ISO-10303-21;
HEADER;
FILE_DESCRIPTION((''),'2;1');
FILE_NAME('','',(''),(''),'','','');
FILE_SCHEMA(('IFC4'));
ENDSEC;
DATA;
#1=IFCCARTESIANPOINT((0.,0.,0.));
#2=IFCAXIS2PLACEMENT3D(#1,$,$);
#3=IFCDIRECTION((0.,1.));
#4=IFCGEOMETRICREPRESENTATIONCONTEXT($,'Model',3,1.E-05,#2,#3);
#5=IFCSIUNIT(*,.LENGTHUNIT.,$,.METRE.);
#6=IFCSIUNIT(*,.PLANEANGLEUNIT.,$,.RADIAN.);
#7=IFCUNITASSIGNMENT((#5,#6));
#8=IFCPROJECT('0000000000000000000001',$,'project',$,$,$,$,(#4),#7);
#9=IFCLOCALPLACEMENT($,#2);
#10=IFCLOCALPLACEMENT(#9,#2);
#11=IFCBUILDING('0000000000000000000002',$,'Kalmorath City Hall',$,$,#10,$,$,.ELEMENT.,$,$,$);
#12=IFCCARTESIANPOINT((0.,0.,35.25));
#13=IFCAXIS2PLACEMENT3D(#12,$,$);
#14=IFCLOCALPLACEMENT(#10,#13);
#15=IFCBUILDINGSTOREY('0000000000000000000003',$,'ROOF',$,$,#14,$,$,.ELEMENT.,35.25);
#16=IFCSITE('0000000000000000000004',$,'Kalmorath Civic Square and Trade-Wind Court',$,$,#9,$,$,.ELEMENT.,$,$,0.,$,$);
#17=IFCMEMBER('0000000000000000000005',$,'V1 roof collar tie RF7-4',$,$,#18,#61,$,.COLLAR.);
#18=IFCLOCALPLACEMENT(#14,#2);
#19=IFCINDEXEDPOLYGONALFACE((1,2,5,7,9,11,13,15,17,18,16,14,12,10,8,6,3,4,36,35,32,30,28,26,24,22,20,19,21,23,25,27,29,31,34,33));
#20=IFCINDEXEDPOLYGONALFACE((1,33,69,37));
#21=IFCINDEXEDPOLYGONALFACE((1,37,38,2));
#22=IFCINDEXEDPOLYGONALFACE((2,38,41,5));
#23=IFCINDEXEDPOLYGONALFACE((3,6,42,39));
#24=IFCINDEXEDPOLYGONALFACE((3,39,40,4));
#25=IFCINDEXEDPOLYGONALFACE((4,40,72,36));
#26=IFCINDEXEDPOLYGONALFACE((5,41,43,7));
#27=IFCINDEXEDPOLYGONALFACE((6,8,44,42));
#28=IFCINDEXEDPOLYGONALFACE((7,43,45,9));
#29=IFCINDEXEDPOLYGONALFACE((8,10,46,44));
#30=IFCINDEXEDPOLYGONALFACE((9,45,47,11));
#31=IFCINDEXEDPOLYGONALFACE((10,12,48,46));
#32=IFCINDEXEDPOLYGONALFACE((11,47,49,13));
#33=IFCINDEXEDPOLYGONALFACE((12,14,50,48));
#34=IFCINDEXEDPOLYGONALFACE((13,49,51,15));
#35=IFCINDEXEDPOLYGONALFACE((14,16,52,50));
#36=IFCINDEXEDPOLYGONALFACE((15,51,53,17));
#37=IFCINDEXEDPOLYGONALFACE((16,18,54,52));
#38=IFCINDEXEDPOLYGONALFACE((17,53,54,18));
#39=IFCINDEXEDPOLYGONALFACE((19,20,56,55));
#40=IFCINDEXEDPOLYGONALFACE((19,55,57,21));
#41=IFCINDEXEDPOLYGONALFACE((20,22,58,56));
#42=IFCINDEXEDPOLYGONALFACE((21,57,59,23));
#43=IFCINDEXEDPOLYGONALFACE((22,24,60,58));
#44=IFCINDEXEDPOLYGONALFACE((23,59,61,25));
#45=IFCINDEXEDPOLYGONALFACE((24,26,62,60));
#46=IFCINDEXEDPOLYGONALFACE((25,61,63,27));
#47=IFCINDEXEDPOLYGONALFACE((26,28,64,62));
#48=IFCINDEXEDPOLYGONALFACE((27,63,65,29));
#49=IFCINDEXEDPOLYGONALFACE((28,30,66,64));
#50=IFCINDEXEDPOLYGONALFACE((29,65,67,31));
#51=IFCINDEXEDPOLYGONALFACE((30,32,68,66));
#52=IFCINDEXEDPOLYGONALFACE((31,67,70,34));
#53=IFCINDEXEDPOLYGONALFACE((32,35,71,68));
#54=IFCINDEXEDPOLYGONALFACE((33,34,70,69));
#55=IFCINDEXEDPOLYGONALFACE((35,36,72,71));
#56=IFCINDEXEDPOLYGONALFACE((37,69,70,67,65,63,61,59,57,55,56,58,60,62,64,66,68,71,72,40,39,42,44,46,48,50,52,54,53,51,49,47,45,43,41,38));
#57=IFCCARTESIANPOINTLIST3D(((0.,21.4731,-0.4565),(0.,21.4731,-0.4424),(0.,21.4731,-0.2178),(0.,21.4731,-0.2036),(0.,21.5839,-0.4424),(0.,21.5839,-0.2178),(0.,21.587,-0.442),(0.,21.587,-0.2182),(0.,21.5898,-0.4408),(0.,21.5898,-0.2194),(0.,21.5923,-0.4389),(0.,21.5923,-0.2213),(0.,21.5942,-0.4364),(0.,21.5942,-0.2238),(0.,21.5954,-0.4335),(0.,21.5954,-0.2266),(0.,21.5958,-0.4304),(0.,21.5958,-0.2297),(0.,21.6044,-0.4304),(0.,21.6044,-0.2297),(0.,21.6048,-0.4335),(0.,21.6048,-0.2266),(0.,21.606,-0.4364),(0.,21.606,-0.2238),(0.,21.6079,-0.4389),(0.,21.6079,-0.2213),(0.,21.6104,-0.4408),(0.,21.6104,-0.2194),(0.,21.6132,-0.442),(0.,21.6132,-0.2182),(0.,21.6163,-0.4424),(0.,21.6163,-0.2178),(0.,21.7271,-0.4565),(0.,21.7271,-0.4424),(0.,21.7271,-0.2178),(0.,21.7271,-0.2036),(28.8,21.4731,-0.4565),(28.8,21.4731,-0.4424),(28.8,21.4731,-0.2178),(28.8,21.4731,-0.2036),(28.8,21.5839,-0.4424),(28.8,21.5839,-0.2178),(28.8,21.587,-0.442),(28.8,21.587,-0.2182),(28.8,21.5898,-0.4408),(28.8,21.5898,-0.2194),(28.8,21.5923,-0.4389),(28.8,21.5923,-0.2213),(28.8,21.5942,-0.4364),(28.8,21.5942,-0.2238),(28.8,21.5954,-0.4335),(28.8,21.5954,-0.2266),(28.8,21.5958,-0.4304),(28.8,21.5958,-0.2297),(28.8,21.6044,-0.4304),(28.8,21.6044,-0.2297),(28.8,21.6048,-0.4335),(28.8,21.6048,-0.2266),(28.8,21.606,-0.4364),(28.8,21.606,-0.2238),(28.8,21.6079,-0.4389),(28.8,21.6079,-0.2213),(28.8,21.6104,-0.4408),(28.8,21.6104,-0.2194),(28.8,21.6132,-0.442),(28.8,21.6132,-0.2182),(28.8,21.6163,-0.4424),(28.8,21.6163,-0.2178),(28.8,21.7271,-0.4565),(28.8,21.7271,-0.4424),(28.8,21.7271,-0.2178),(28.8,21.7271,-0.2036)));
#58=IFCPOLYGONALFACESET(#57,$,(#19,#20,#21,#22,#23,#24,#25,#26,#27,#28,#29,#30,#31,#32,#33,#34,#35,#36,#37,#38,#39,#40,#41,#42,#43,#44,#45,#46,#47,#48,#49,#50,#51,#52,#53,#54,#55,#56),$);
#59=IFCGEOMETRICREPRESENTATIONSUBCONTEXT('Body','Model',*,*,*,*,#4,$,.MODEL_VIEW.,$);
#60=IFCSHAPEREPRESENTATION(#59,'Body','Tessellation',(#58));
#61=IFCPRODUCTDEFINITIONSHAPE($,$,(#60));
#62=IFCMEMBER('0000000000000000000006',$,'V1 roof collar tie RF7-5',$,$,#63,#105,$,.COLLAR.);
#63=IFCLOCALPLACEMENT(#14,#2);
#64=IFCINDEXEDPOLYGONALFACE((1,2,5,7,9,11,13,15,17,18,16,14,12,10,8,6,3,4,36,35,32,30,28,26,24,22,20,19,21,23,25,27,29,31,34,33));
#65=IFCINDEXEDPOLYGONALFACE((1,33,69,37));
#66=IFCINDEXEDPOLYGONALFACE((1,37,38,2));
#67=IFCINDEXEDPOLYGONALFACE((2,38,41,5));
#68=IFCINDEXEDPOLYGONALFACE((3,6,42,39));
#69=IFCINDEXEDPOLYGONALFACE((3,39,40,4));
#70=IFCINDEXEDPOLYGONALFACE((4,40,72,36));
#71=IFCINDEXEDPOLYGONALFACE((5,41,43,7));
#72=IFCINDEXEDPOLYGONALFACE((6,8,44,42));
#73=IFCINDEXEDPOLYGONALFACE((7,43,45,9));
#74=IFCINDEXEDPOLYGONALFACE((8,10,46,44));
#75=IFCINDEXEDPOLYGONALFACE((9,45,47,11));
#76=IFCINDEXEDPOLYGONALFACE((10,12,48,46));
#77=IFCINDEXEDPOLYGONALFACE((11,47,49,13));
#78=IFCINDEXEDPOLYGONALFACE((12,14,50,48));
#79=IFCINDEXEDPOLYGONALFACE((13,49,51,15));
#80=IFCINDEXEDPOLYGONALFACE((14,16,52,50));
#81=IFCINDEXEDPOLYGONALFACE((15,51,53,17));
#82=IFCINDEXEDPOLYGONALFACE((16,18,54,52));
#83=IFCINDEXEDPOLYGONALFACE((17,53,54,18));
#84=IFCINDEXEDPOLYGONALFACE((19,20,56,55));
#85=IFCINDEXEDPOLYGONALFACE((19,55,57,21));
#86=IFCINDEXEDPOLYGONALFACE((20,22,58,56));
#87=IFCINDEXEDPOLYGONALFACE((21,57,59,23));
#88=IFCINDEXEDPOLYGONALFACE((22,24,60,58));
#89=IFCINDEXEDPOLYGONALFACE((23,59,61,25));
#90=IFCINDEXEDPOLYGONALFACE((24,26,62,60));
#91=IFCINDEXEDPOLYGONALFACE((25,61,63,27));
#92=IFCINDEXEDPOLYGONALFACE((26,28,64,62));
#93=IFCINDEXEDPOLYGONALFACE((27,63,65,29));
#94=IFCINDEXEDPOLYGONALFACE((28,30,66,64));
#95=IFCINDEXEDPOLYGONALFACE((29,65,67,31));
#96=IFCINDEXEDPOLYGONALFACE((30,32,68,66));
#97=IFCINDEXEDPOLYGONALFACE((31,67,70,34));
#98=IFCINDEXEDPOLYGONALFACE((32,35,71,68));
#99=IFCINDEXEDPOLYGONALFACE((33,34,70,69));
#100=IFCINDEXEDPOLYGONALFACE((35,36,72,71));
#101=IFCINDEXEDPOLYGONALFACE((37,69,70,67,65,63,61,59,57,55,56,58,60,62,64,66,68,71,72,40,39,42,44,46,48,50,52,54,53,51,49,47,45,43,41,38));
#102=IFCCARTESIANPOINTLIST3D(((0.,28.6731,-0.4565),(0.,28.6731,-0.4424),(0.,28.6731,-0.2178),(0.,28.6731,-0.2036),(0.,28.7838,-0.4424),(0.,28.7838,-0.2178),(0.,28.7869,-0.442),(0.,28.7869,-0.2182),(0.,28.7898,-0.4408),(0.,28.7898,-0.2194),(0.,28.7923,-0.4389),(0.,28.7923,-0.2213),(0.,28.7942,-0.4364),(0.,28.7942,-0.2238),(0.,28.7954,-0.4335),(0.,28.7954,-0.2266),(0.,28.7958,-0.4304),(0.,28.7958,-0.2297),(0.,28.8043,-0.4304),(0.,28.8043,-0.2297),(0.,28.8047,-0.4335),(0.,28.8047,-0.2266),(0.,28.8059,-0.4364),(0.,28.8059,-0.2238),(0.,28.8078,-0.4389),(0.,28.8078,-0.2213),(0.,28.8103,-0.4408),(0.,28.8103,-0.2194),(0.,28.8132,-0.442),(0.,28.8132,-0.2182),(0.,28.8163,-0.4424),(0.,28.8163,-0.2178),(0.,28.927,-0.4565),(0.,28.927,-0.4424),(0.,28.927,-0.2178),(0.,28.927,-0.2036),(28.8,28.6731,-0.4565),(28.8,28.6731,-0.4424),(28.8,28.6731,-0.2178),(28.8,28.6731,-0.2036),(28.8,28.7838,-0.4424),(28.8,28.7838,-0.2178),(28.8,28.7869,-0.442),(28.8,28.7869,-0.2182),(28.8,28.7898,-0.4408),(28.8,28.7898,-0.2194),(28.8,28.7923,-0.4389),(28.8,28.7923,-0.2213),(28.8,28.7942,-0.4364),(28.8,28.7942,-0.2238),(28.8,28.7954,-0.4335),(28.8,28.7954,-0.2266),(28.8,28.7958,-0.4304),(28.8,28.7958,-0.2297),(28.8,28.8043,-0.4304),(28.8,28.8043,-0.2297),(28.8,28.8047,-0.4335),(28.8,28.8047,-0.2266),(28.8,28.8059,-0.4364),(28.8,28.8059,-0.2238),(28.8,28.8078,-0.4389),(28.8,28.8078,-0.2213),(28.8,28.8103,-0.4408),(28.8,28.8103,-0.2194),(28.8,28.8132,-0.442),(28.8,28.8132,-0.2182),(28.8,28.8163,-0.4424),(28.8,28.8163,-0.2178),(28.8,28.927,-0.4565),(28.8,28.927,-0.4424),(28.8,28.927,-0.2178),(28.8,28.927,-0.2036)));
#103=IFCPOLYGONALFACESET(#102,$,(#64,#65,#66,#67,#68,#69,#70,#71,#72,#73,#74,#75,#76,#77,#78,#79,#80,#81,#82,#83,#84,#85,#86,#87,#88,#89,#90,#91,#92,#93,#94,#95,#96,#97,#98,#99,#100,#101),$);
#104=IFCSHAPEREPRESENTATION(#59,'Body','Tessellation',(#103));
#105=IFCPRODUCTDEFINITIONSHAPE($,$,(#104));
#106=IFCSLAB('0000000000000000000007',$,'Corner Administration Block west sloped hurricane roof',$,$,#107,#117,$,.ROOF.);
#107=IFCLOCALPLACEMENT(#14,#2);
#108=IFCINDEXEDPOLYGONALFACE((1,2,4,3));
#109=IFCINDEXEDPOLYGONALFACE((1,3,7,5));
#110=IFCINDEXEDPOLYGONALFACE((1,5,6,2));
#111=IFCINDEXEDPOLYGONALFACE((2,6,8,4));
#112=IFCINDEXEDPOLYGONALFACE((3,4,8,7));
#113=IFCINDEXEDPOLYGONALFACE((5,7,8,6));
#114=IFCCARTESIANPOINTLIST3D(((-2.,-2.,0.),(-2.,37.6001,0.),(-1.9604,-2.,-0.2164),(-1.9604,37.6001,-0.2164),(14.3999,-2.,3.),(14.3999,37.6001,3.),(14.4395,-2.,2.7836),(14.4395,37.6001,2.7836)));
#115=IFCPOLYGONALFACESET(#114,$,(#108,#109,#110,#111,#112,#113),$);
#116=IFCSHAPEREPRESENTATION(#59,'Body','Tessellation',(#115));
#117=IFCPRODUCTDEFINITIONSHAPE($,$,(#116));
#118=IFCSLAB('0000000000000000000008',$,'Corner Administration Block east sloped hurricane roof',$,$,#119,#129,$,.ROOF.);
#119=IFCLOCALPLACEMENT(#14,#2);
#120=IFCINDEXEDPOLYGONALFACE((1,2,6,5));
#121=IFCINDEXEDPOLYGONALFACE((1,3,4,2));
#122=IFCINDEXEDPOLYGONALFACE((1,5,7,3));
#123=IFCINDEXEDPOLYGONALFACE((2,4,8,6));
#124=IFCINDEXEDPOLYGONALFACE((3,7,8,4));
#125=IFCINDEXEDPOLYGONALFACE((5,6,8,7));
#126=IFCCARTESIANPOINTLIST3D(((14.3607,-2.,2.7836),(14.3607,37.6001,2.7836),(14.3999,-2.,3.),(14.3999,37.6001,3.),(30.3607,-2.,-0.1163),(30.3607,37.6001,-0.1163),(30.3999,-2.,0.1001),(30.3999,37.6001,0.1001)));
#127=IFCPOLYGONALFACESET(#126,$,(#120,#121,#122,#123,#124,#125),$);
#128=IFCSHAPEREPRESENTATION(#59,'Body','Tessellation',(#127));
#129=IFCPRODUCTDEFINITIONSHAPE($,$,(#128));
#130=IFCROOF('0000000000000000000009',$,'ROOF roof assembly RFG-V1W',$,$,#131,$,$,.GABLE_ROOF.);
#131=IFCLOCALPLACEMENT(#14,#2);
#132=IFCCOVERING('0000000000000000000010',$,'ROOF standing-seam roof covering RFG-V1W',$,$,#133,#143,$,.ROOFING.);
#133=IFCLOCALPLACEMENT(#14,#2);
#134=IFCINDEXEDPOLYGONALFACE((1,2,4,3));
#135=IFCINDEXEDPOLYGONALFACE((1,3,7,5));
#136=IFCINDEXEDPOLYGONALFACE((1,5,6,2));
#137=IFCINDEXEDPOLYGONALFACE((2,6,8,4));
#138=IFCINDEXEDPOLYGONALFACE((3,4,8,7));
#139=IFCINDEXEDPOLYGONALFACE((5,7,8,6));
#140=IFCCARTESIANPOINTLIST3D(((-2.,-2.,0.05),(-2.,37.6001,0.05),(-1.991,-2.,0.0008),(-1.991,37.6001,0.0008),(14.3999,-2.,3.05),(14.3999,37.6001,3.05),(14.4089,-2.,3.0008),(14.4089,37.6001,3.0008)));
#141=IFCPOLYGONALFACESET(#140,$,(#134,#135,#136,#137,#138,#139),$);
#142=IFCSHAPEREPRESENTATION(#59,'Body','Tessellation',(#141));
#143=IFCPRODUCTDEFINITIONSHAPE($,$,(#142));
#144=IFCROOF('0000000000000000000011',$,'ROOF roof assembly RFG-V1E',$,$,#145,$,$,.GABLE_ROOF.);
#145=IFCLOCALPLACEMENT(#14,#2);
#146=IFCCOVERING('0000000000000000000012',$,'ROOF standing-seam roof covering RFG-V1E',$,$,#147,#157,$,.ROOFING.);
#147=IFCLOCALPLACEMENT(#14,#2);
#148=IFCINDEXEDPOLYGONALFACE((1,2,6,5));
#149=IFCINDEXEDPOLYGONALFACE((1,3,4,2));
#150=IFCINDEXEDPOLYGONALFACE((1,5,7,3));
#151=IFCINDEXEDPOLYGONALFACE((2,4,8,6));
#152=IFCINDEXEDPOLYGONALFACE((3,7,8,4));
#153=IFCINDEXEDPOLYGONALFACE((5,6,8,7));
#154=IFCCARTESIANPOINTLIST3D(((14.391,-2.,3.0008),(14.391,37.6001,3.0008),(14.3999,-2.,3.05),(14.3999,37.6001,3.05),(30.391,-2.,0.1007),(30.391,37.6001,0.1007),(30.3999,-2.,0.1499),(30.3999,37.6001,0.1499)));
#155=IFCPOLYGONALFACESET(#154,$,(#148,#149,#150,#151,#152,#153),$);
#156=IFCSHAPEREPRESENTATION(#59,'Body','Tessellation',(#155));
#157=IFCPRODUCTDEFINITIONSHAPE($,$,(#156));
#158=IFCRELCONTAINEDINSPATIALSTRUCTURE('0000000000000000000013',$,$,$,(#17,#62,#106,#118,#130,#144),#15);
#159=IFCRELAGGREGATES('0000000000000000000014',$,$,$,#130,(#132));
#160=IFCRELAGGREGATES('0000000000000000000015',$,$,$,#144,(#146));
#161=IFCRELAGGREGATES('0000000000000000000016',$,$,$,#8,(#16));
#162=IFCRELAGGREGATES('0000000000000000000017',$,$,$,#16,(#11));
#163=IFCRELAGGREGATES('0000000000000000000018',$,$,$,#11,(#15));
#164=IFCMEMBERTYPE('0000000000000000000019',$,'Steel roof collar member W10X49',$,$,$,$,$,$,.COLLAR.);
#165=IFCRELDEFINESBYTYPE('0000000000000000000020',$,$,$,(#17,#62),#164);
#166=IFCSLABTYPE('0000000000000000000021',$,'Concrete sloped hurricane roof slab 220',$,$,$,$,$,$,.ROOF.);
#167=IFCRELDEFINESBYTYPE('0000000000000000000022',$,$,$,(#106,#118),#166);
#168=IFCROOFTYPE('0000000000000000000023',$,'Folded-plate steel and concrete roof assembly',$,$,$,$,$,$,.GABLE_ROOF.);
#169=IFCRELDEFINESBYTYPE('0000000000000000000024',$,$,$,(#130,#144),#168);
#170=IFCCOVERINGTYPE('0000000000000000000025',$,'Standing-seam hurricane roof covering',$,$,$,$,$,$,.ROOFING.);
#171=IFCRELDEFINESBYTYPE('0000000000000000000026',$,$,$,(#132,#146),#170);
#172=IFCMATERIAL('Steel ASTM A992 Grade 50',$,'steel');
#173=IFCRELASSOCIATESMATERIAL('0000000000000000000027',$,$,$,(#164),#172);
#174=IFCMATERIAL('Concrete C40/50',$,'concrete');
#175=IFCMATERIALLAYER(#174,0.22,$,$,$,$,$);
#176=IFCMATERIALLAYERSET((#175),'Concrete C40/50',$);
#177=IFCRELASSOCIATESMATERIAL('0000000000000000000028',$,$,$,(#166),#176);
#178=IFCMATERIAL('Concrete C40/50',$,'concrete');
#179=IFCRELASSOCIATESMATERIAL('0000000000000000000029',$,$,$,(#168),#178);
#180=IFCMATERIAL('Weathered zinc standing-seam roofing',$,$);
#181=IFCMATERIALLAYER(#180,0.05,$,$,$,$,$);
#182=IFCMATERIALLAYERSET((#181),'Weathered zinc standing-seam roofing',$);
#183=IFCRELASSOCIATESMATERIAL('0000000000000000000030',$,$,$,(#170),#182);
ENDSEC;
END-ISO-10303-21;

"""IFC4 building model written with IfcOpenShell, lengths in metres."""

from ifc_helpers import new_model, si_unit, direction, frame, origin, origin_2d, place, context, subcontext, project, spatial, polyline, i_section, outline, extrude, material, layer, layer_set, material_profile, profile_set, type_object, element, aggregate, save


model = new_model("IFC4")

# Units and contexts
model_context = context("Model", 3, precision=1e-05, world=origin(), true_north=direction((0.0, 1.0)))
body_context = subcontext(model_context, "Body", "Model", "MODEL_VIEW")
ifc_project = project(units=[si_unit("LENGTHUNIT", "METRE"), si_unit("PLANEANGLEUNIT", "RADIAN")], contexts=[model_context])

# Site, building, storey
site_placement = place(None, origin())
site = spatial("IfcSite", under=ifc_project, at=site_placement, Name="Kalmorath Civic Square and Trade-Wind Court", CompositionType="ELEMENT", RefElevation=0.0)
building_placement = place(site_placement, origin())
building = spatial("IfcBuilding", under=site, at=building_placement, Name="Kalmorath City Hall", CompositionType="ELEMENT")
storey_placement = place(building_placement, frame((0.0, 0.0, 35.25)))
storey = spatial("IfcBuildingStorey", under=building, at=storey_placement, Name="ROOF", CompositionType="ELEMENT", Elevation=35.25)

# Members
ifc_material_1 = material(Name="Steel ASTM A992 Grade 50", Category="steel")
ifc_material_profile_1 = material_profile(ifc_material_1, i_section(OverallWidth=0.2539, OverallDepth=0.2529, WebThickness=0.0085, FlangeThickness=0.0142, FilletRadius=0.012, at=origin_2d()), Name="W10X49")
ifc_profile_set_1 = profile_set([ifc_material_profile_1], Name="Steel ASTM A992 Grade 50")
member_type_1 = type_object("IfcMemberType", Name="Steel roof collar member W10X49", PredefinedType="COLLAR", material=ifc_profile_set_1)
for number, where, z_axis, x_axis, name in (
    (1, (0.0, 21.6001, -0.3301), (1.0, 0.0, 0.0), (0.0, 1.0, 0.0), "V1 roof collar tie RF7-4"),
    (2, (0.0, 28.8, -0.3301), (1.0, 0.0, 0.0), (0.0, 1.0, 0.0), "V1 roof collar tie RF7-5"),
):
    element("IfcMember", number, at=place(storey_placement, frame(where, z_axis=z_axis, x_axis=x_axis)), inside=storey, type_object=member_type_1, Name=name, PredefinedType="COLLAR", context=body_context, shape_type="SweptSolid", body=[
        extrude(i_section(OverallWidth=0.2539, OverallDepth=0.2529, WebThickness=0.0085, FlangeThickness=0.0142, FilletRadius=0.012, at=origin_2d()), origin(), (0.0, 0.0, 1.0), 28.8),
    ])

# Slabs
ifc_material_2 = material(Name="Concrete C40/50", Category="concrete")
ifc_layer_1 = layer(ifc_material_2, 0.22)
ifc_layer_set_1 = layer_set([ifc_layer_1], Name="Concrete C40/50")
slab_type = type_object("IfcSlabType", Name="Concrete sloped hurricane roof slab 220", PredefinedType="ROOF", material=ifc_layer_set_1)
slab_1_placement = place(storey_placement, frame((-2.0, -2.0, 0.0), z_axis=(-0.179942, 0.0, 0.983677), x_axis=(0.983677, 0.0, 0.179942)))
element("IfcSlab", 3, at=slab_1_placement, inside=storey, type_object=slab_type, Name="Corner Administration Block west sloped hurricane roof", PredefinedType="ROOF", context=body_context, shape_type="SweptSolid", body=[
    extrude(outline(polyline([(0.0, 0.0), (16.672, 0.0), (16.672, 39.6001), (0.0, 39.6001), (0.0, 0.0)])), origin(), (0.0, 0.0, -1.0), 0.22),
])
slab_2_placement = place(storey_placement, frame((14.3999, -2.0, 3.0), z_axis=(0.178338, 0.0, 0.983969), x_axis=(0.983969, 0.0, -0.178338)))
element("IfcSlab", 4, at=slab_2_placement, inside=storey, type_object=slab_type, Name="Corner Administration Block east sloped hurricane roof", PredefinedType="ROOF", context=body_context, shape_type="SweptSolid", body=[
    extrude(outline(polyline([(0.0, 0.0), (16.2607, 0.0), (16.2607, 39.6001), (0.0, 39.6001), (0.0, 0.0)])), origin(), (0.0, 0.0, -1.0), 0.22),
])

# Roofs, coverings
ifc_material_3 = material(Name="Concrete C40/50", Category="concrete")
roof_type = type_object("IfcRoofType", Name="Folded-plate steel and concrete roof assembly", PredefinedType="GABLE_ROOF", material=ifc_material_3)
roof_1_placement = place(storey_placement, origin())
roof_1 = element("IfcRoof", 5, at=roof_1_placement, inside=storey, type_object=roof_type, Name="ROOF roof assembly RFG-V1W", PredefinedType="GABLE_ROOF")
ifc_material_4 = material(Name="Weathered zinc standing-seam roofing")
ifc_layer_2 = layer(ifc_material_4, 0.05)
ifc_layer_set_2 = layer_set([ifc_layer_2], Name="Weathered zinc standing-seam roofing")
covering_type = type_object("IfcCoveringType", Name="Standing-seam hurricane roof covering", PredefinedType="ROOFING", material=ifc_layer_set_2)
covering_1_placement = place(storey_placement, frame((-2.0, -2.0, 0.05), z_axis=(-0.179942, 0.0, 0.983677), x_axis=(0.983677, 0.0, 0.179942)))
covering_1 = element("IfcCovering", 6, at=covering_1_placement, type_object=covering_type, Name="ROOF standing-seam roof covering RFG-V1W", PredefinedType="ROOFING", context=body_context, shape_type="SweptSolid", body=[
    extrude(outline(polyline([(0.0, 0.0), (16.672, 0.0), (16.672, 39.6001), (0.0, 39.6001), (0.0, 0.0)])), origin(), (0.0, 0.0, -1.0), 0.05),
])
aggregate(roof_1, [covering_1])
roof_2_placement = place(storey_placement, origin())
roof_2 = element("IfcRoof", 7, at=roof_2_placement, inside=storey, type_object=roof_type, Name="ROOF roof assembly RFG-V1E", PredefinedType="GABLE_ROOF")
covering_2_placement = place(storey_placement, frame((14.3999, -2.0, 3.05), z_axis=(0.178353, 0.0, 0.983967), x_axis=(0.983967, 0.0, -0.178353)))
covering_2 = element("IfcCovering", 8, at=covering_2_placement, type_object=covering_type, Name="ROOF standing-seam roof covering RFG-V1E", PredefinedType="ROOFING", context=body_context, shape_type="SweptSolid", body=[
    extrude(outline(polyline([(0.0, 0.0), (16.2607, 0.0), (16.2607, 39.6001), (0.0, 39.6001), (0.0, 0.0)])), origin(), (0.0, 0.0, -1.0), 0.05),
])
aggregate(roof_2, [covering_2])

save(model, "model.ifc")
